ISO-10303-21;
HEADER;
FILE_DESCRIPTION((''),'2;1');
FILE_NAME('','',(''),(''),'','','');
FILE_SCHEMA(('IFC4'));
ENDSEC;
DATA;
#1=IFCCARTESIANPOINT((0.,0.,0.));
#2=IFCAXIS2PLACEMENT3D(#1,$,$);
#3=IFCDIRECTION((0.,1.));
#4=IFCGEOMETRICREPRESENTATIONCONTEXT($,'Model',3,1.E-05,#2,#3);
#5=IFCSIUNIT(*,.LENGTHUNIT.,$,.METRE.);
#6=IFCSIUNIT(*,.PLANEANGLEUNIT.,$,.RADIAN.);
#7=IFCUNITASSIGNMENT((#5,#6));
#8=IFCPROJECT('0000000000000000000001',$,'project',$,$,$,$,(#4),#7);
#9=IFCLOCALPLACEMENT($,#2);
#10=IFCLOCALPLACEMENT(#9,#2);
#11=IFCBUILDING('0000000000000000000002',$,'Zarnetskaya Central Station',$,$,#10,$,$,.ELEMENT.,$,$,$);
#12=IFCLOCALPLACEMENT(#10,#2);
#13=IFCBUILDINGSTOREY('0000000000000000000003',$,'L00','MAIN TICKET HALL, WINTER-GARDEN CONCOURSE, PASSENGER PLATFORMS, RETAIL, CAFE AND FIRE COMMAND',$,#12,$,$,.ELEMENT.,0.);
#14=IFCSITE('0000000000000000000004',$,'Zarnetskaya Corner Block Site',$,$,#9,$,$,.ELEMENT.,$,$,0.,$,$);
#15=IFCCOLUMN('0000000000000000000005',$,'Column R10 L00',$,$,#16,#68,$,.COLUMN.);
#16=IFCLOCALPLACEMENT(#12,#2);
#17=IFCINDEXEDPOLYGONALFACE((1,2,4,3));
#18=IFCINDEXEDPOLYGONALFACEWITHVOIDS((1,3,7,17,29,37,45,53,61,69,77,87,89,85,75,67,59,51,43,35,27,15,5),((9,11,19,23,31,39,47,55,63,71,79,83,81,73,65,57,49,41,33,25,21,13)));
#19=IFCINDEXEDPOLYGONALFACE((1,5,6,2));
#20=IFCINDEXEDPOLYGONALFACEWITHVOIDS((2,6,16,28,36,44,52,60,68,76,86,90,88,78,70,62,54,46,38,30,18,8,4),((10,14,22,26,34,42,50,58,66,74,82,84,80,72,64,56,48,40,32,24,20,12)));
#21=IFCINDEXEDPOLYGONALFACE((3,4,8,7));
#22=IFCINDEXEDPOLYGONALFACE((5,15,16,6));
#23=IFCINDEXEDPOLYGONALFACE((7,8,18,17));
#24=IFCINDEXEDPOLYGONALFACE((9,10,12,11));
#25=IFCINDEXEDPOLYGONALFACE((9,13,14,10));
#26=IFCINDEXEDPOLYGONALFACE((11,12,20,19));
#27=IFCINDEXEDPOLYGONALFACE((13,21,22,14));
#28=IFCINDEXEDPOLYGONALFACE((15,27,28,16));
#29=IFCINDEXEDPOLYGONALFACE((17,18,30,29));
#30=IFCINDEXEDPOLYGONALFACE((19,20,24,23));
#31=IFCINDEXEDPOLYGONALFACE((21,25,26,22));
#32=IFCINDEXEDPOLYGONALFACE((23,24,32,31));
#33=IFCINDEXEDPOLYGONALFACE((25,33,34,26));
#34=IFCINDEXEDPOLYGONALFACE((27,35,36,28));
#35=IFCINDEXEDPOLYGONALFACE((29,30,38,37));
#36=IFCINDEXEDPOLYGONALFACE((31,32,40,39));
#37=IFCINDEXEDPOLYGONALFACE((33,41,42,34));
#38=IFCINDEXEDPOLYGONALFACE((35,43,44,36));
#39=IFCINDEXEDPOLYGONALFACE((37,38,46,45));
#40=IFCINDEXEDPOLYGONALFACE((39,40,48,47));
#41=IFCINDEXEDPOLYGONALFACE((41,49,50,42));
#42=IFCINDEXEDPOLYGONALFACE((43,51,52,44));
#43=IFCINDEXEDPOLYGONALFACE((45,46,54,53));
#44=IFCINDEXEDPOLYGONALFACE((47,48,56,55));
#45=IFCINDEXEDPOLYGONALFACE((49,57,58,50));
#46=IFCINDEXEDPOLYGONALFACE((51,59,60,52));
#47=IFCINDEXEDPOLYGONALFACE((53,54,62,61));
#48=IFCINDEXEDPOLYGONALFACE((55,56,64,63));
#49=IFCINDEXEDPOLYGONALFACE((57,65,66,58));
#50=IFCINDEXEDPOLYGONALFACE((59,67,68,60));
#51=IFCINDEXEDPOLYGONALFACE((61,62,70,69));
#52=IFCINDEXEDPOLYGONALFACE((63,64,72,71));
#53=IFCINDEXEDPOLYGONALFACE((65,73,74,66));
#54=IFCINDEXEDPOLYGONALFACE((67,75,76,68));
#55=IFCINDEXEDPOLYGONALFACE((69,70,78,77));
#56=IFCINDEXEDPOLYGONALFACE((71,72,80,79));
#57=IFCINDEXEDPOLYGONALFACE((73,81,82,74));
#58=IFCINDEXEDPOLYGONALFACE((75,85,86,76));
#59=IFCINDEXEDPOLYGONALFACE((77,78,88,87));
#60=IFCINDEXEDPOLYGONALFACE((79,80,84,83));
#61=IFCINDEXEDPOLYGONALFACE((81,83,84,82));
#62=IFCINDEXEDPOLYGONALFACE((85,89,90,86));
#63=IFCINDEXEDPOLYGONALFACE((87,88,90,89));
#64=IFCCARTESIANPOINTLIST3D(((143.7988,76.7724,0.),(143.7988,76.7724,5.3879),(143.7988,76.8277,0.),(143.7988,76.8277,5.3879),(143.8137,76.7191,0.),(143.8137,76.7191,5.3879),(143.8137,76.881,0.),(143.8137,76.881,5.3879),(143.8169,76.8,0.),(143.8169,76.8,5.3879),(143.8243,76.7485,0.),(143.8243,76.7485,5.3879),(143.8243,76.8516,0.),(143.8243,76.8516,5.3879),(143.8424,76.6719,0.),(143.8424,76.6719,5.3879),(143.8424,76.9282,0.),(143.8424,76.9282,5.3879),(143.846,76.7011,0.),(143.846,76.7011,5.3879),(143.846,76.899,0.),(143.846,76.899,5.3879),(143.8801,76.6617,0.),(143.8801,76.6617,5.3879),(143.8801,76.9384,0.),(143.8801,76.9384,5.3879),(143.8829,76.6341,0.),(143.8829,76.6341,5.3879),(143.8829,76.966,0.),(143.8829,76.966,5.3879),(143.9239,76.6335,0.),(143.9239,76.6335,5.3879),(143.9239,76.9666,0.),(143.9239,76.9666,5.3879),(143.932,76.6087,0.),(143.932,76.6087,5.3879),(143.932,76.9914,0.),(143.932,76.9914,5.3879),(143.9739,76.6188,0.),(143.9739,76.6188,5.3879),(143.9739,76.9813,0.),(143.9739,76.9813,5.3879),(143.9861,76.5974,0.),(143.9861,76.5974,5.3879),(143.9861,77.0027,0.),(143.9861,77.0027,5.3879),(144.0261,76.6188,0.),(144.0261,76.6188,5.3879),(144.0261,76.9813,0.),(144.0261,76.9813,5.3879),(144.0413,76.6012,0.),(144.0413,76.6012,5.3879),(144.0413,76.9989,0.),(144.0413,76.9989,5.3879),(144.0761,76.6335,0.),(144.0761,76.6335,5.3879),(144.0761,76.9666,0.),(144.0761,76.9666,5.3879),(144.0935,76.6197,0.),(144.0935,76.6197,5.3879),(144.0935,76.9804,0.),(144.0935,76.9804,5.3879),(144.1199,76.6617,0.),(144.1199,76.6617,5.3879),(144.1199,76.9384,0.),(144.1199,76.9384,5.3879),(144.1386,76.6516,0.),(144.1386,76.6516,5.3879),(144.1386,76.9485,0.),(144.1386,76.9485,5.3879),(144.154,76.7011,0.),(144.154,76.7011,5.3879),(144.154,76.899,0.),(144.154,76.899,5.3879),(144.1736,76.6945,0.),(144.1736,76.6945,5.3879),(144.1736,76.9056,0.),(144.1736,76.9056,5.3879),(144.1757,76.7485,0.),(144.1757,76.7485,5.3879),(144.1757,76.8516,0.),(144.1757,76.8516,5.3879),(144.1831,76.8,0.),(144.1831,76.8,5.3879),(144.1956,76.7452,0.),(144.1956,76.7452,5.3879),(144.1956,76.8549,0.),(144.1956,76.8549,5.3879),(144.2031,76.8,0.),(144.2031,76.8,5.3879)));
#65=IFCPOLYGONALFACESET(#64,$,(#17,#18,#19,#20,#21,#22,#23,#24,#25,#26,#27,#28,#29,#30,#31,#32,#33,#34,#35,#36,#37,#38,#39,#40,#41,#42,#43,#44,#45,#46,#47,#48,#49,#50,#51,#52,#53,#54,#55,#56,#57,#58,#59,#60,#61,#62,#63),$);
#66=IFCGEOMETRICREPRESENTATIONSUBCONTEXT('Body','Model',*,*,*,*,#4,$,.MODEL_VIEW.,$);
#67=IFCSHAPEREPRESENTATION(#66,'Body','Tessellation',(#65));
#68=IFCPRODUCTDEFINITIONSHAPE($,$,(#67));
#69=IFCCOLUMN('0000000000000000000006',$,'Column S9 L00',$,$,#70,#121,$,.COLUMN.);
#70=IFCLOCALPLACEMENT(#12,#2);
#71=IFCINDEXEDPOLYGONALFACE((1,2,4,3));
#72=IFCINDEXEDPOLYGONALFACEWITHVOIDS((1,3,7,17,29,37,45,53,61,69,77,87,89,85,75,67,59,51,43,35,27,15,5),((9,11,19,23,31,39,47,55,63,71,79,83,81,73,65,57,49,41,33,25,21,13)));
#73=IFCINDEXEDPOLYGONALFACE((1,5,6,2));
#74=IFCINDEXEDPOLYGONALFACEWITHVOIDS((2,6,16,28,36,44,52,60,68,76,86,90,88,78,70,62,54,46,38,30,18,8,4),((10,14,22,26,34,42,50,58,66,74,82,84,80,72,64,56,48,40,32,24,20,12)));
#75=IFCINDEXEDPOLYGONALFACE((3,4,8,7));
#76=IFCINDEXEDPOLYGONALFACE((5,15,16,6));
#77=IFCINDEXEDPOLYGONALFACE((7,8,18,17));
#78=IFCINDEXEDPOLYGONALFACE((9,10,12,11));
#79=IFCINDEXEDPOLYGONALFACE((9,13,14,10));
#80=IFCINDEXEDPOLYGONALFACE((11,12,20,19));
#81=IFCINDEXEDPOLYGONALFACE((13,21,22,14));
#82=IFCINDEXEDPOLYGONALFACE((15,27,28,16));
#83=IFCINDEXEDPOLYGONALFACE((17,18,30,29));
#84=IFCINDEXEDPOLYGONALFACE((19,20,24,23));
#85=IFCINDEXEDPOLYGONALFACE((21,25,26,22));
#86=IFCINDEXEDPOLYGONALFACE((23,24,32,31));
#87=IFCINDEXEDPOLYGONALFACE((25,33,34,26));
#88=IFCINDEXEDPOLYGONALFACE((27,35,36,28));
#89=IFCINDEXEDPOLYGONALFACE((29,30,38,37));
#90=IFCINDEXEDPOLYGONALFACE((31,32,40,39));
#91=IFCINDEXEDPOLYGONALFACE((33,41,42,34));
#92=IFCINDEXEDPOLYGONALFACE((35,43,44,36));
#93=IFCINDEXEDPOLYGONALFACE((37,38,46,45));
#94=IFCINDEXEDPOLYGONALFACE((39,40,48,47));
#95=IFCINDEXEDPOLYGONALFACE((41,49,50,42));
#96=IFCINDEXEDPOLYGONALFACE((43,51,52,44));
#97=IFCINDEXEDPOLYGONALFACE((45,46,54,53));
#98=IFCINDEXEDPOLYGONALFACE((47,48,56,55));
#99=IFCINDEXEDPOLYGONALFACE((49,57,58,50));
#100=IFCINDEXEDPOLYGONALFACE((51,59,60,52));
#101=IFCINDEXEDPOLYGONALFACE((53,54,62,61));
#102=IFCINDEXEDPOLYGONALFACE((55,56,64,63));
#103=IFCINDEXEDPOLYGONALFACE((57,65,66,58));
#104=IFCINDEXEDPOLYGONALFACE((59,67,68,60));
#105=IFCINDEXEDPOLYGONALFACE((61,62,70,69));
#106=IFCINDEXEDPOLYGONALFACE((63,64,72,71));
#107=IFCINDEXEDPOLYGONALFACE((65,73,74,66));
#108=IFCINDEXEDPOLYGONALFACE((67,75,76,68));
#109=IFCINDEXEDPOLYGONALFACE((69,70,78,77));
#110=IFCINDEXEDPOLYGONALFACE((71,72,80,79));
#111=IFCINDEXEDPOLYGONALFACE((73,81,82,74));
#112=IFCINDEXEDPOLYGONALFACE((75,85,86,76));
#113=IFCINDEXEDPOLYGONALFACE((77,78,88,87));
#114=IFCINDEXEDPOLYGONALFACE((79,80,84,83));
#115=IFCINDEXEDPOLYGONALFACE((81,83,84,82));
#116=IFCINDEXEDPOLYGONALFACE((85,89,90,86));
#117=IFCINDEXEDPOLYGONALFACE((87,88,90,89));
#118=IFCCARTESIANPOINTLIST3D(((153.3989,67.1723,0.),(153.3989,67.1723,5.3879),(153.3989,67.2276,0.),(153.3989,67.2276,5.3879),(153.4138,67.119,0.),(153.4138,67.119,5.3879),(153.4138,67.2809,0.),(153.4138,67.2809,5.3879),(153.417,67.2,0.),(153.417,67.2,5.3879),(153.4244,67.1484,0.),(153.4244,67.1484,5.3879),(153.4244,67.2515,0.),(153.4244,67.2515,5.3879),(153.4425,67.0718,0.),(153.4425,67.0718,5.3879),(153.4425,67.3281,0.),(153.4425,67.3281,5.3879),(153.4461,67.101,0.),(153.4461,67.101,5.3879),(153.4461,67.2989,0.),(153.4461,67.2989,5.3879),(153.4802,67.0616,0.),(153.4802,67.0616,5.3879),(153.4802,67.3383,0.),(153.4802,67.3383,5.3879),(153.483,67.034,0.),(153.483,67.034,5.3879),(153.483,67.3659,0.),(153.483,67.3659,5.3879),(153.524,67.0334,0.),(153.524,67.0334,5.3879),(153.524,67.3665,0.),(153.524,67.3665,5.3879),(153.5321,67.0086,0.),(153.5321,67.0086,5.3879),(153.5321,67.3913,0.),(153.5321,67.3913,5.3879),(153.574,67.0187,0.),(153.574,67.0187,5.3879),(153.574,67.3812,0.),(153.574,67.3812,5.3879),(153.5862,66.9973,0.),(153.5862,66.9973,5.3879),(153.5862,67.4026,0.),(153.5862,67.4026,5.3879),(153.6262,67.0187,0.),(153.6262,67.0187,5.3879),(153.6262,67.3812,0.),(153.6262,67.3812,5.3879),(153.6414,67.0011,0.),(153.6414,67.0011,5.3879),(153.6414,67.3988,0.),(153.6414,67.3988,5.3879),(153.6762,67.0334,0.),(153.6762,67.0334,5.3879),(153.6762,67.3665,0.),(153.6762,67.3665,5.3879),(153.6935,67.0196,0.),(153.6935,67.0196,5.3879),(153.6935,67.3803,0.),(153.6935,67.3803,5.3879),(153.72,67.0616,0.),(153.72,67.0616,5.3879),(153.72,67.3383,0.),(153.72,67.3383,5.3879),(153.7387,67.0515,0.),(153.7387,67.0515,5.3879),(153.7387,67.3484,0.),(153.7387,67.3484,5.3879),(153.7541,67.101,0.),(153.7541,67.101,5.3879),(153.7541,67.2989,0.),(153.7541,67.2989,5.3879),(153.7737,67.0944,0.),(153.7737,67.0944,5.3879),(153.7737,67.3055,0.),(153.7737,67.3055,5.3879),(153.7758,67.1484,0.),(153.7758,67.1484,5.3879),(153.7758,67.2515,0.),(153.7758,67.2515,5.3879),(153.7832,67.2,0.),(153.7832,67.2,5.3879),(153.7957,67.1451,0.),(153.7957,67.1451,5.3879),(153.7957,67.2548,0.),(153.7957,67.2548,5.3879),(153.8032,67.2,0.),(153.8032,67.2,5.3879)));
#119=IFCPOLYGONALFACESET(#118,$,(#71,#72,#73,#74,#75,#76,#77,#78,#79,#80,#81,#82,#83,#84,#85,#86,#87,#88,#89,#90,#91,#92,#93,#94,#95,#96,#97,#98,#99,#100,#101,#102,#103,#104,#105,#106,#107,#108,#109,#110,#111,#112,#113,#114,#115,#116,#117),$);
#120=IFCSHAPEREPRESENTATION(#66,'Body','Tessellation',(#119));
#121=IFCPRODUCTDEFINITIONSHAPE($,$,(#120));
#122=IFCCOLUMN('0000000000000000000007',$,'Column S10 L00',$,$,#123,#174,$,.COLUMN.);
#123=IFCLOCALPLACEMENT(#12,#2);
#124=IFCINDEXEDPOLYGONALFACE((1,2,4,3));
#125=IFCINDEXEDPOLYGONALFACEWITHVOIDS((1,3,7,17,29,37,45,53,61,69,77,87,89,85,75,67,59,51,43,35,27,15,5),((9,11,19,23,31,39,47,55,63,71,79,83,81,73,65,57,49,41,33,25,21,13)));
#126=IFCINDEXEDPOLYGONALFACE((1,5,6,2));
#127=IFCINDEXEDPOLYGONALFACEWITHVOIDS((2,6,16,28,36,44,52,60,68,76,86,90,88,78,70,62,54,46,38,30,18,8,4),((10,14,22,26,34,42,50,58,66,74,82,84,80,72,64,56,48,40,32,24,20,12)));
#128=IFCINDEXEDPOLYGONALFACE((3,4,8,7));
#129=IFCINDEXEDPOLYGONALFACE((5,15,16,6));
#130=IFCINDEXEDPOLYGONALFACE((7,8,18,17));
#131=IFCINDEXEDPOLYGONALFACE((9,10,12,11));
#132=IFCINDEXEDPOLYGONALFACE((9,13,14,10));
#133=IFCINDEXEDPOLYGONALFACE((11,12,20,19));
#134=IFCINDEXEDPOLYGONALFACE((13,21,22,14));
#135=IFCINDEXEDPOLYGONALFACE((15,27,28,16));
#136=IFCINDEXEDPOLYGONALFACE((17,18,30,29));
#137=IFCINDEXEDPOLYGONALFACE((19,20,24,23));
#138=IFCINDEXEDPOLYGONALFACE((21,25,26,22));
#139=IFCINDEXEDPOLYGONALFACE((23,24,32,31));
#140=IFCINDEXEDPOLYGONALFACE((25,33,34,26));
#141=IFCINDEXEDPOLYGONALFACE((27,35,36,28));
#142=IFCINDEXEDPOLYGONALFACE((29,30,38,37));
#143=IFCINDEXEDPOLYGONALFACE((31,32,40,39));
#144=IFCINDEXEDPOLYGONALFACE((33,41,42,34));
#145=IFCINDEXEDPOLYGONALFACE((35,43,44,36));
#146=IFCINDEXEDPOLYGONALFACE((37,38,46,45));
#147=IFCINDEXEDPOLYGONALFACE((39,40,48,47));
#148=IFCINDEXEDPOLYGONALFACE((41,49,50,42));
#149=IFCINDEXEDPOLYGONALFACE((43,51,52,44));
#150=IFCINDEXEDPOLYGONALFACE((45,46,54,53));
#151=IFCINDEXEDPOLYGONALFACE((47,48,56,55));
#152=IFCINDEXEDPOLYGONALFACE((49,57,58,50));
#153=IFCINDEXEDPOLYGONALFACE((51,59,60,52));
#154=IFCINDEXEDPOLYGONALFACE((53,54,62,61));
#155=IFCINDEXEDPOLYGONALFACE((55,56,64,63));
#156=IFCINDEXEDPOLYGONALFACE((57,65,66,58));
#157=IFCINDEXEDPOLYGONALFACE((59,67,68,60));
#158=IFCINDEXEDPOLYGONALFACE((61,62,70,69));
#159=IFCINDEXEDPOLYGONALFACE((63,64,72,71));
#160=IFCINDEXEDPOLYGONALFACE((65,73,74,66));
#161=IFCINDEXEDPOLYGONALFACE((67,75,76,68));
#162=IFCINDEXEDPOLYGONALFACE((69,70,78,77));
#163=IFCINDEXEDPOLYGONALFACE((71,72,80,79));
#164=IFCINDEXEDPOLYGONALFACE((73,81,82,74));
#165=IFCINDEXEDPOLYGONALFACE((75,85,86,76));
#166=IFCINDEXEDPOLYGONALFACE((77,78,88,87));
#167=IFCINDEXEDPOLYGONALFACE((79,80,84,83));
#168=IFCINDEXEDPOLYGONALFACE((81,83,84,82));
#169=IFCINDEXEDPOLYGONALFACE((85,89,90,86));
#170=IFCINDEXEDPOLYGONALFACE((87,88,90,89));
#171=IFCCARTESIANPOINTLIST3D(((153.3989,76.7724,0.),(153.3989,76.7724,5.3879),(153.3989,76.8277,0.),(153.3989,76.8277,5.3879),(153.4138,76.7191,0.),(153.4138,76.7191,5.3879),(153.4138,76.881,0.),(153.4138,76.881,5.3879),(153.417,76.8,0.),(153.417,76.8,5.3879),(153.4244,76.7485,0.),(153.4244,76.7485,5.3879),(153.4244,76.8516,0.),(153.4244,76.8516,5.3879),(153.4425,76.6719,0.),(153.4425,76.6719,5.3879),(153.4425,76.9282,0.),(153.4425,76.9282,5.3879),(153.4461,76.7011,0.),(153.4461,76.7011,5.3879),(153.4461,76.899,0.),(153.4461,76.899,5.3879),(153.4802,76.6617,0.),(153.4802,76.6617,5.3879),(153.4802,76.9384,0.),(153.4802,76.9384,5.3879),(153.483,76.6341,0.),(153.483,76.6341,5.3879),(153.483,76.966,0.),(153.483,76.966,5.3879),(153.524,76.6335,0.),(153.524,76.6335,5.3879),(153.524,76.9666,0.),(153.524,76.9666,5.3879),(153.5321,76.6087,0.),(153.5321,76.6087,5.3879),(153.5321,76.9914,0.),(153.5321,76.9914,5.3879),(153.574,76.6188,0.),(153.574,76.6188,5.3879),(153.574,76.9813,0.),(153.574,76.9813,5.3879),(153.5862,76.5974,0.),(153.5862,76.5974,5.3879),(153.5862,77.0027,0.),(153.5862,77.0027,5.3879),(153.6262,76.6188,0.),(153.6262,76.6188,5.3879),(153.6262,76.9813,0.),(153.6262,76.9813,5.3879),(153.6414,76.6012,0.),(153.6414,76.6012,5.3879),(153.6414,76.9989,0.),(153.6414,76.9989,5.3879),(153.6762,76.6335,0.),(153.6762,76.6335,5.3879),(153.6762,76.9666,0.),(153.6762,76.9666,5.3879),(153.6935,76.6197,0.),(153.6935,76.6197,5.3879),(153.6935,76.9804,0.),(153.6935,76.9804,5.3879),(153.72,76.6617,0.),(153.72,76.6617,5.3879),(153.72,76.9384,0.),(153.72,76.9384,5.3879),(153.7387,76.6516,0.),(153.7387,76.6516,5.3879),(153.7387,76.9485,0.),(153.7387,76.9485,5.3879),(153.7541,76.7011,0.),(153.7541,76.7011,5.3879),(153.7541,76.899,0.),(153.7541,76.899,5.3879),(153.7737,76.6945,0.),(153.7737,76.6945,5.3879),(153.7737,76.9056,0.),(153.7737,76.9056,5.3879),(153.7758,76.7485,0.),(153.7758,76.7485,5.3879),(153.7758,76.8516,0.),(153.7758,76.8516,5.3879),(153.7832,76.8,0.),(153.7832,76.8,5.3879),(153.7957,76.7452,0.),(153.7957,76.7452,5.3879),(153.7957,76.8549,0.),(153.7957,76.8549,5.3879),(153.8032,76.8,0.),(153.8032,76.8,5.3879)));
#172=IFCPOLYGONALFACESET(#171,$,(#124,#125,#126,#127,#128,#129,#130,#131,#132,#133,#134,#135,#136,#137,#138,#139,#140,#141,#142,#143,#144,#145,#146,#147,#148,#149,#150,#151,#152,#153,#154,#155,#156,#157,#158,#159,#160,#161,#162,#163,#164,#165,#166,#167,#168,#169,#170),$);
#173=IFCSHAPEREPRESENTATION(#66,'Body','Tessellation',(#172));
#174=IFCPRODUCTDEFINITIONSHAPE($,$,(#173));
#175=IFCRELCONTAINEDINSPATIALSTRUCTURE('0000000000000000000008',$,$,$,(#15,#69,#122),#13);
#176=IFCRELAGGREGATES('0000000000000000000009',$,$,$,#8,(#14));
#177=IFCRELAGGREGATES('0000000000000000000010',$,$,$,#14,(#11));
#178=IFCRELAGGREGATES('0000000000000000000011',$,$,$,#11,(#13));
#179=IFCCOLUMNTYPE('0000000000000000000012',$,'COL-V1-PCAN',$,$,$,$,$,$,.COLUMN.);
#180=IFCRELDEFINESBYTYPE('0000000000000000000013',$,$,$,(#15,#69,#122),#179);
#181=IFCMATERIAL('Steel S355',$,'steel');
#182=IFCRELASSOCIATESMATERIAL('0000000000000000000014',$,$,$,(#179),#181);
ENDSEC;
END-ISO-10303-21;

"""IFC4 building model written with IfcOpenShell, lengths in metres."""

from ifc_helpers import new_model, si_unit, direction, frame, origin, origin_2d, place, context, subcontext, project, spatial, hollow_circle, extrude, material, material_profile, profile_set, type_object, element, save


model = new_model("IFC4")

# Units and contexts
model_context = context("Model", 3, precision=1e-05, world=origin(), true_north=direction((0.0, 1.0)))
body_context = subcontext(model_context, "Body", "Model", "MODEL_VIEW")
ifc_project = project(units=[si_unit("LENGTHUNIT", "METRE"), si_unit("PLANEANGLEUNIT", "RADIAN")], contexts=[model_context])

# Site, building, storey
site_placement = place(None, origin())
site = spatial("IfcSite", under=ifc_project, at=site_placement, Name="Zarnetskaya Corner Block Site", CompositionType="ELEMENT", RefElevation=0.0)
building_placement = place(site_placement, origin())
building = spatial("IfcBuilding", under=site, at=building_placement, Name="Zarnetskaya Central Station", CompositionType="ELEMENT")
storey_placement = place(building_placement, origin())
storey = spatial("IfcBuildingStorey", under=building, at=storey_placement, Name="L00", Description="MAIN TICKET HALL, WINTER-GARDEN CONCOURSE, PASSENGER PLATFORMS, RETAIL, CAFE AND FIRE COMMAND", CompositionType="ELEMENT", Elevation=0.0)

# Columns
ifc_material = material(Name="Steel S355", Category="steel")
ifc_material_profile_1 = material_profile(ifc_material, hollow_circle(Radius=0.2031, WallThickness=0.02, at=origin_2d()), Name="CHS 406.4x20")
ifc_profile_set_1 = profile_set([ifc_material_profile_1], Name="Steel S355")
column_type = type_object("IfcColumnType", Name="COL-V1-PCAN", PredefinedType="COLUMN", material=ifc_profile_set_1)
for number, where, z_axis, x_axis, name in (
    (1, (144.0, 76.8, 0.0), (0.0, 0.0, 1.0), (1.0, 0.0, 0.0), "Column R10 L00"),
    (2, (153.6001, 67.2, 0.0), (0.0, 0.0, 1.0), (1.0, 0.0, 0.0), "Column S9 L00"),
    (3, (153.6001, 76.8, 0.0), (0.0, 0.0, 1.0), (1.0, 0.0, 0.0), "Column S10 L00"),
):
    element("IfcColumn", number, at=place(storey_placement, frame(where, z_axis=z_axis, x_axis=x_axis)), inside=storey, type_object=column_type, Name=name, PredefinedType="COLUMN", context=body_context, shape_type="SweptSolid", body=[
        extrude(hollow_circle(Radius=0.2031, WallThickness=0.02, at=origin_2d()), origin(), (0.0, 0.0, 1.0), 5.3879),
    ])

save(model, "model.ifc")
